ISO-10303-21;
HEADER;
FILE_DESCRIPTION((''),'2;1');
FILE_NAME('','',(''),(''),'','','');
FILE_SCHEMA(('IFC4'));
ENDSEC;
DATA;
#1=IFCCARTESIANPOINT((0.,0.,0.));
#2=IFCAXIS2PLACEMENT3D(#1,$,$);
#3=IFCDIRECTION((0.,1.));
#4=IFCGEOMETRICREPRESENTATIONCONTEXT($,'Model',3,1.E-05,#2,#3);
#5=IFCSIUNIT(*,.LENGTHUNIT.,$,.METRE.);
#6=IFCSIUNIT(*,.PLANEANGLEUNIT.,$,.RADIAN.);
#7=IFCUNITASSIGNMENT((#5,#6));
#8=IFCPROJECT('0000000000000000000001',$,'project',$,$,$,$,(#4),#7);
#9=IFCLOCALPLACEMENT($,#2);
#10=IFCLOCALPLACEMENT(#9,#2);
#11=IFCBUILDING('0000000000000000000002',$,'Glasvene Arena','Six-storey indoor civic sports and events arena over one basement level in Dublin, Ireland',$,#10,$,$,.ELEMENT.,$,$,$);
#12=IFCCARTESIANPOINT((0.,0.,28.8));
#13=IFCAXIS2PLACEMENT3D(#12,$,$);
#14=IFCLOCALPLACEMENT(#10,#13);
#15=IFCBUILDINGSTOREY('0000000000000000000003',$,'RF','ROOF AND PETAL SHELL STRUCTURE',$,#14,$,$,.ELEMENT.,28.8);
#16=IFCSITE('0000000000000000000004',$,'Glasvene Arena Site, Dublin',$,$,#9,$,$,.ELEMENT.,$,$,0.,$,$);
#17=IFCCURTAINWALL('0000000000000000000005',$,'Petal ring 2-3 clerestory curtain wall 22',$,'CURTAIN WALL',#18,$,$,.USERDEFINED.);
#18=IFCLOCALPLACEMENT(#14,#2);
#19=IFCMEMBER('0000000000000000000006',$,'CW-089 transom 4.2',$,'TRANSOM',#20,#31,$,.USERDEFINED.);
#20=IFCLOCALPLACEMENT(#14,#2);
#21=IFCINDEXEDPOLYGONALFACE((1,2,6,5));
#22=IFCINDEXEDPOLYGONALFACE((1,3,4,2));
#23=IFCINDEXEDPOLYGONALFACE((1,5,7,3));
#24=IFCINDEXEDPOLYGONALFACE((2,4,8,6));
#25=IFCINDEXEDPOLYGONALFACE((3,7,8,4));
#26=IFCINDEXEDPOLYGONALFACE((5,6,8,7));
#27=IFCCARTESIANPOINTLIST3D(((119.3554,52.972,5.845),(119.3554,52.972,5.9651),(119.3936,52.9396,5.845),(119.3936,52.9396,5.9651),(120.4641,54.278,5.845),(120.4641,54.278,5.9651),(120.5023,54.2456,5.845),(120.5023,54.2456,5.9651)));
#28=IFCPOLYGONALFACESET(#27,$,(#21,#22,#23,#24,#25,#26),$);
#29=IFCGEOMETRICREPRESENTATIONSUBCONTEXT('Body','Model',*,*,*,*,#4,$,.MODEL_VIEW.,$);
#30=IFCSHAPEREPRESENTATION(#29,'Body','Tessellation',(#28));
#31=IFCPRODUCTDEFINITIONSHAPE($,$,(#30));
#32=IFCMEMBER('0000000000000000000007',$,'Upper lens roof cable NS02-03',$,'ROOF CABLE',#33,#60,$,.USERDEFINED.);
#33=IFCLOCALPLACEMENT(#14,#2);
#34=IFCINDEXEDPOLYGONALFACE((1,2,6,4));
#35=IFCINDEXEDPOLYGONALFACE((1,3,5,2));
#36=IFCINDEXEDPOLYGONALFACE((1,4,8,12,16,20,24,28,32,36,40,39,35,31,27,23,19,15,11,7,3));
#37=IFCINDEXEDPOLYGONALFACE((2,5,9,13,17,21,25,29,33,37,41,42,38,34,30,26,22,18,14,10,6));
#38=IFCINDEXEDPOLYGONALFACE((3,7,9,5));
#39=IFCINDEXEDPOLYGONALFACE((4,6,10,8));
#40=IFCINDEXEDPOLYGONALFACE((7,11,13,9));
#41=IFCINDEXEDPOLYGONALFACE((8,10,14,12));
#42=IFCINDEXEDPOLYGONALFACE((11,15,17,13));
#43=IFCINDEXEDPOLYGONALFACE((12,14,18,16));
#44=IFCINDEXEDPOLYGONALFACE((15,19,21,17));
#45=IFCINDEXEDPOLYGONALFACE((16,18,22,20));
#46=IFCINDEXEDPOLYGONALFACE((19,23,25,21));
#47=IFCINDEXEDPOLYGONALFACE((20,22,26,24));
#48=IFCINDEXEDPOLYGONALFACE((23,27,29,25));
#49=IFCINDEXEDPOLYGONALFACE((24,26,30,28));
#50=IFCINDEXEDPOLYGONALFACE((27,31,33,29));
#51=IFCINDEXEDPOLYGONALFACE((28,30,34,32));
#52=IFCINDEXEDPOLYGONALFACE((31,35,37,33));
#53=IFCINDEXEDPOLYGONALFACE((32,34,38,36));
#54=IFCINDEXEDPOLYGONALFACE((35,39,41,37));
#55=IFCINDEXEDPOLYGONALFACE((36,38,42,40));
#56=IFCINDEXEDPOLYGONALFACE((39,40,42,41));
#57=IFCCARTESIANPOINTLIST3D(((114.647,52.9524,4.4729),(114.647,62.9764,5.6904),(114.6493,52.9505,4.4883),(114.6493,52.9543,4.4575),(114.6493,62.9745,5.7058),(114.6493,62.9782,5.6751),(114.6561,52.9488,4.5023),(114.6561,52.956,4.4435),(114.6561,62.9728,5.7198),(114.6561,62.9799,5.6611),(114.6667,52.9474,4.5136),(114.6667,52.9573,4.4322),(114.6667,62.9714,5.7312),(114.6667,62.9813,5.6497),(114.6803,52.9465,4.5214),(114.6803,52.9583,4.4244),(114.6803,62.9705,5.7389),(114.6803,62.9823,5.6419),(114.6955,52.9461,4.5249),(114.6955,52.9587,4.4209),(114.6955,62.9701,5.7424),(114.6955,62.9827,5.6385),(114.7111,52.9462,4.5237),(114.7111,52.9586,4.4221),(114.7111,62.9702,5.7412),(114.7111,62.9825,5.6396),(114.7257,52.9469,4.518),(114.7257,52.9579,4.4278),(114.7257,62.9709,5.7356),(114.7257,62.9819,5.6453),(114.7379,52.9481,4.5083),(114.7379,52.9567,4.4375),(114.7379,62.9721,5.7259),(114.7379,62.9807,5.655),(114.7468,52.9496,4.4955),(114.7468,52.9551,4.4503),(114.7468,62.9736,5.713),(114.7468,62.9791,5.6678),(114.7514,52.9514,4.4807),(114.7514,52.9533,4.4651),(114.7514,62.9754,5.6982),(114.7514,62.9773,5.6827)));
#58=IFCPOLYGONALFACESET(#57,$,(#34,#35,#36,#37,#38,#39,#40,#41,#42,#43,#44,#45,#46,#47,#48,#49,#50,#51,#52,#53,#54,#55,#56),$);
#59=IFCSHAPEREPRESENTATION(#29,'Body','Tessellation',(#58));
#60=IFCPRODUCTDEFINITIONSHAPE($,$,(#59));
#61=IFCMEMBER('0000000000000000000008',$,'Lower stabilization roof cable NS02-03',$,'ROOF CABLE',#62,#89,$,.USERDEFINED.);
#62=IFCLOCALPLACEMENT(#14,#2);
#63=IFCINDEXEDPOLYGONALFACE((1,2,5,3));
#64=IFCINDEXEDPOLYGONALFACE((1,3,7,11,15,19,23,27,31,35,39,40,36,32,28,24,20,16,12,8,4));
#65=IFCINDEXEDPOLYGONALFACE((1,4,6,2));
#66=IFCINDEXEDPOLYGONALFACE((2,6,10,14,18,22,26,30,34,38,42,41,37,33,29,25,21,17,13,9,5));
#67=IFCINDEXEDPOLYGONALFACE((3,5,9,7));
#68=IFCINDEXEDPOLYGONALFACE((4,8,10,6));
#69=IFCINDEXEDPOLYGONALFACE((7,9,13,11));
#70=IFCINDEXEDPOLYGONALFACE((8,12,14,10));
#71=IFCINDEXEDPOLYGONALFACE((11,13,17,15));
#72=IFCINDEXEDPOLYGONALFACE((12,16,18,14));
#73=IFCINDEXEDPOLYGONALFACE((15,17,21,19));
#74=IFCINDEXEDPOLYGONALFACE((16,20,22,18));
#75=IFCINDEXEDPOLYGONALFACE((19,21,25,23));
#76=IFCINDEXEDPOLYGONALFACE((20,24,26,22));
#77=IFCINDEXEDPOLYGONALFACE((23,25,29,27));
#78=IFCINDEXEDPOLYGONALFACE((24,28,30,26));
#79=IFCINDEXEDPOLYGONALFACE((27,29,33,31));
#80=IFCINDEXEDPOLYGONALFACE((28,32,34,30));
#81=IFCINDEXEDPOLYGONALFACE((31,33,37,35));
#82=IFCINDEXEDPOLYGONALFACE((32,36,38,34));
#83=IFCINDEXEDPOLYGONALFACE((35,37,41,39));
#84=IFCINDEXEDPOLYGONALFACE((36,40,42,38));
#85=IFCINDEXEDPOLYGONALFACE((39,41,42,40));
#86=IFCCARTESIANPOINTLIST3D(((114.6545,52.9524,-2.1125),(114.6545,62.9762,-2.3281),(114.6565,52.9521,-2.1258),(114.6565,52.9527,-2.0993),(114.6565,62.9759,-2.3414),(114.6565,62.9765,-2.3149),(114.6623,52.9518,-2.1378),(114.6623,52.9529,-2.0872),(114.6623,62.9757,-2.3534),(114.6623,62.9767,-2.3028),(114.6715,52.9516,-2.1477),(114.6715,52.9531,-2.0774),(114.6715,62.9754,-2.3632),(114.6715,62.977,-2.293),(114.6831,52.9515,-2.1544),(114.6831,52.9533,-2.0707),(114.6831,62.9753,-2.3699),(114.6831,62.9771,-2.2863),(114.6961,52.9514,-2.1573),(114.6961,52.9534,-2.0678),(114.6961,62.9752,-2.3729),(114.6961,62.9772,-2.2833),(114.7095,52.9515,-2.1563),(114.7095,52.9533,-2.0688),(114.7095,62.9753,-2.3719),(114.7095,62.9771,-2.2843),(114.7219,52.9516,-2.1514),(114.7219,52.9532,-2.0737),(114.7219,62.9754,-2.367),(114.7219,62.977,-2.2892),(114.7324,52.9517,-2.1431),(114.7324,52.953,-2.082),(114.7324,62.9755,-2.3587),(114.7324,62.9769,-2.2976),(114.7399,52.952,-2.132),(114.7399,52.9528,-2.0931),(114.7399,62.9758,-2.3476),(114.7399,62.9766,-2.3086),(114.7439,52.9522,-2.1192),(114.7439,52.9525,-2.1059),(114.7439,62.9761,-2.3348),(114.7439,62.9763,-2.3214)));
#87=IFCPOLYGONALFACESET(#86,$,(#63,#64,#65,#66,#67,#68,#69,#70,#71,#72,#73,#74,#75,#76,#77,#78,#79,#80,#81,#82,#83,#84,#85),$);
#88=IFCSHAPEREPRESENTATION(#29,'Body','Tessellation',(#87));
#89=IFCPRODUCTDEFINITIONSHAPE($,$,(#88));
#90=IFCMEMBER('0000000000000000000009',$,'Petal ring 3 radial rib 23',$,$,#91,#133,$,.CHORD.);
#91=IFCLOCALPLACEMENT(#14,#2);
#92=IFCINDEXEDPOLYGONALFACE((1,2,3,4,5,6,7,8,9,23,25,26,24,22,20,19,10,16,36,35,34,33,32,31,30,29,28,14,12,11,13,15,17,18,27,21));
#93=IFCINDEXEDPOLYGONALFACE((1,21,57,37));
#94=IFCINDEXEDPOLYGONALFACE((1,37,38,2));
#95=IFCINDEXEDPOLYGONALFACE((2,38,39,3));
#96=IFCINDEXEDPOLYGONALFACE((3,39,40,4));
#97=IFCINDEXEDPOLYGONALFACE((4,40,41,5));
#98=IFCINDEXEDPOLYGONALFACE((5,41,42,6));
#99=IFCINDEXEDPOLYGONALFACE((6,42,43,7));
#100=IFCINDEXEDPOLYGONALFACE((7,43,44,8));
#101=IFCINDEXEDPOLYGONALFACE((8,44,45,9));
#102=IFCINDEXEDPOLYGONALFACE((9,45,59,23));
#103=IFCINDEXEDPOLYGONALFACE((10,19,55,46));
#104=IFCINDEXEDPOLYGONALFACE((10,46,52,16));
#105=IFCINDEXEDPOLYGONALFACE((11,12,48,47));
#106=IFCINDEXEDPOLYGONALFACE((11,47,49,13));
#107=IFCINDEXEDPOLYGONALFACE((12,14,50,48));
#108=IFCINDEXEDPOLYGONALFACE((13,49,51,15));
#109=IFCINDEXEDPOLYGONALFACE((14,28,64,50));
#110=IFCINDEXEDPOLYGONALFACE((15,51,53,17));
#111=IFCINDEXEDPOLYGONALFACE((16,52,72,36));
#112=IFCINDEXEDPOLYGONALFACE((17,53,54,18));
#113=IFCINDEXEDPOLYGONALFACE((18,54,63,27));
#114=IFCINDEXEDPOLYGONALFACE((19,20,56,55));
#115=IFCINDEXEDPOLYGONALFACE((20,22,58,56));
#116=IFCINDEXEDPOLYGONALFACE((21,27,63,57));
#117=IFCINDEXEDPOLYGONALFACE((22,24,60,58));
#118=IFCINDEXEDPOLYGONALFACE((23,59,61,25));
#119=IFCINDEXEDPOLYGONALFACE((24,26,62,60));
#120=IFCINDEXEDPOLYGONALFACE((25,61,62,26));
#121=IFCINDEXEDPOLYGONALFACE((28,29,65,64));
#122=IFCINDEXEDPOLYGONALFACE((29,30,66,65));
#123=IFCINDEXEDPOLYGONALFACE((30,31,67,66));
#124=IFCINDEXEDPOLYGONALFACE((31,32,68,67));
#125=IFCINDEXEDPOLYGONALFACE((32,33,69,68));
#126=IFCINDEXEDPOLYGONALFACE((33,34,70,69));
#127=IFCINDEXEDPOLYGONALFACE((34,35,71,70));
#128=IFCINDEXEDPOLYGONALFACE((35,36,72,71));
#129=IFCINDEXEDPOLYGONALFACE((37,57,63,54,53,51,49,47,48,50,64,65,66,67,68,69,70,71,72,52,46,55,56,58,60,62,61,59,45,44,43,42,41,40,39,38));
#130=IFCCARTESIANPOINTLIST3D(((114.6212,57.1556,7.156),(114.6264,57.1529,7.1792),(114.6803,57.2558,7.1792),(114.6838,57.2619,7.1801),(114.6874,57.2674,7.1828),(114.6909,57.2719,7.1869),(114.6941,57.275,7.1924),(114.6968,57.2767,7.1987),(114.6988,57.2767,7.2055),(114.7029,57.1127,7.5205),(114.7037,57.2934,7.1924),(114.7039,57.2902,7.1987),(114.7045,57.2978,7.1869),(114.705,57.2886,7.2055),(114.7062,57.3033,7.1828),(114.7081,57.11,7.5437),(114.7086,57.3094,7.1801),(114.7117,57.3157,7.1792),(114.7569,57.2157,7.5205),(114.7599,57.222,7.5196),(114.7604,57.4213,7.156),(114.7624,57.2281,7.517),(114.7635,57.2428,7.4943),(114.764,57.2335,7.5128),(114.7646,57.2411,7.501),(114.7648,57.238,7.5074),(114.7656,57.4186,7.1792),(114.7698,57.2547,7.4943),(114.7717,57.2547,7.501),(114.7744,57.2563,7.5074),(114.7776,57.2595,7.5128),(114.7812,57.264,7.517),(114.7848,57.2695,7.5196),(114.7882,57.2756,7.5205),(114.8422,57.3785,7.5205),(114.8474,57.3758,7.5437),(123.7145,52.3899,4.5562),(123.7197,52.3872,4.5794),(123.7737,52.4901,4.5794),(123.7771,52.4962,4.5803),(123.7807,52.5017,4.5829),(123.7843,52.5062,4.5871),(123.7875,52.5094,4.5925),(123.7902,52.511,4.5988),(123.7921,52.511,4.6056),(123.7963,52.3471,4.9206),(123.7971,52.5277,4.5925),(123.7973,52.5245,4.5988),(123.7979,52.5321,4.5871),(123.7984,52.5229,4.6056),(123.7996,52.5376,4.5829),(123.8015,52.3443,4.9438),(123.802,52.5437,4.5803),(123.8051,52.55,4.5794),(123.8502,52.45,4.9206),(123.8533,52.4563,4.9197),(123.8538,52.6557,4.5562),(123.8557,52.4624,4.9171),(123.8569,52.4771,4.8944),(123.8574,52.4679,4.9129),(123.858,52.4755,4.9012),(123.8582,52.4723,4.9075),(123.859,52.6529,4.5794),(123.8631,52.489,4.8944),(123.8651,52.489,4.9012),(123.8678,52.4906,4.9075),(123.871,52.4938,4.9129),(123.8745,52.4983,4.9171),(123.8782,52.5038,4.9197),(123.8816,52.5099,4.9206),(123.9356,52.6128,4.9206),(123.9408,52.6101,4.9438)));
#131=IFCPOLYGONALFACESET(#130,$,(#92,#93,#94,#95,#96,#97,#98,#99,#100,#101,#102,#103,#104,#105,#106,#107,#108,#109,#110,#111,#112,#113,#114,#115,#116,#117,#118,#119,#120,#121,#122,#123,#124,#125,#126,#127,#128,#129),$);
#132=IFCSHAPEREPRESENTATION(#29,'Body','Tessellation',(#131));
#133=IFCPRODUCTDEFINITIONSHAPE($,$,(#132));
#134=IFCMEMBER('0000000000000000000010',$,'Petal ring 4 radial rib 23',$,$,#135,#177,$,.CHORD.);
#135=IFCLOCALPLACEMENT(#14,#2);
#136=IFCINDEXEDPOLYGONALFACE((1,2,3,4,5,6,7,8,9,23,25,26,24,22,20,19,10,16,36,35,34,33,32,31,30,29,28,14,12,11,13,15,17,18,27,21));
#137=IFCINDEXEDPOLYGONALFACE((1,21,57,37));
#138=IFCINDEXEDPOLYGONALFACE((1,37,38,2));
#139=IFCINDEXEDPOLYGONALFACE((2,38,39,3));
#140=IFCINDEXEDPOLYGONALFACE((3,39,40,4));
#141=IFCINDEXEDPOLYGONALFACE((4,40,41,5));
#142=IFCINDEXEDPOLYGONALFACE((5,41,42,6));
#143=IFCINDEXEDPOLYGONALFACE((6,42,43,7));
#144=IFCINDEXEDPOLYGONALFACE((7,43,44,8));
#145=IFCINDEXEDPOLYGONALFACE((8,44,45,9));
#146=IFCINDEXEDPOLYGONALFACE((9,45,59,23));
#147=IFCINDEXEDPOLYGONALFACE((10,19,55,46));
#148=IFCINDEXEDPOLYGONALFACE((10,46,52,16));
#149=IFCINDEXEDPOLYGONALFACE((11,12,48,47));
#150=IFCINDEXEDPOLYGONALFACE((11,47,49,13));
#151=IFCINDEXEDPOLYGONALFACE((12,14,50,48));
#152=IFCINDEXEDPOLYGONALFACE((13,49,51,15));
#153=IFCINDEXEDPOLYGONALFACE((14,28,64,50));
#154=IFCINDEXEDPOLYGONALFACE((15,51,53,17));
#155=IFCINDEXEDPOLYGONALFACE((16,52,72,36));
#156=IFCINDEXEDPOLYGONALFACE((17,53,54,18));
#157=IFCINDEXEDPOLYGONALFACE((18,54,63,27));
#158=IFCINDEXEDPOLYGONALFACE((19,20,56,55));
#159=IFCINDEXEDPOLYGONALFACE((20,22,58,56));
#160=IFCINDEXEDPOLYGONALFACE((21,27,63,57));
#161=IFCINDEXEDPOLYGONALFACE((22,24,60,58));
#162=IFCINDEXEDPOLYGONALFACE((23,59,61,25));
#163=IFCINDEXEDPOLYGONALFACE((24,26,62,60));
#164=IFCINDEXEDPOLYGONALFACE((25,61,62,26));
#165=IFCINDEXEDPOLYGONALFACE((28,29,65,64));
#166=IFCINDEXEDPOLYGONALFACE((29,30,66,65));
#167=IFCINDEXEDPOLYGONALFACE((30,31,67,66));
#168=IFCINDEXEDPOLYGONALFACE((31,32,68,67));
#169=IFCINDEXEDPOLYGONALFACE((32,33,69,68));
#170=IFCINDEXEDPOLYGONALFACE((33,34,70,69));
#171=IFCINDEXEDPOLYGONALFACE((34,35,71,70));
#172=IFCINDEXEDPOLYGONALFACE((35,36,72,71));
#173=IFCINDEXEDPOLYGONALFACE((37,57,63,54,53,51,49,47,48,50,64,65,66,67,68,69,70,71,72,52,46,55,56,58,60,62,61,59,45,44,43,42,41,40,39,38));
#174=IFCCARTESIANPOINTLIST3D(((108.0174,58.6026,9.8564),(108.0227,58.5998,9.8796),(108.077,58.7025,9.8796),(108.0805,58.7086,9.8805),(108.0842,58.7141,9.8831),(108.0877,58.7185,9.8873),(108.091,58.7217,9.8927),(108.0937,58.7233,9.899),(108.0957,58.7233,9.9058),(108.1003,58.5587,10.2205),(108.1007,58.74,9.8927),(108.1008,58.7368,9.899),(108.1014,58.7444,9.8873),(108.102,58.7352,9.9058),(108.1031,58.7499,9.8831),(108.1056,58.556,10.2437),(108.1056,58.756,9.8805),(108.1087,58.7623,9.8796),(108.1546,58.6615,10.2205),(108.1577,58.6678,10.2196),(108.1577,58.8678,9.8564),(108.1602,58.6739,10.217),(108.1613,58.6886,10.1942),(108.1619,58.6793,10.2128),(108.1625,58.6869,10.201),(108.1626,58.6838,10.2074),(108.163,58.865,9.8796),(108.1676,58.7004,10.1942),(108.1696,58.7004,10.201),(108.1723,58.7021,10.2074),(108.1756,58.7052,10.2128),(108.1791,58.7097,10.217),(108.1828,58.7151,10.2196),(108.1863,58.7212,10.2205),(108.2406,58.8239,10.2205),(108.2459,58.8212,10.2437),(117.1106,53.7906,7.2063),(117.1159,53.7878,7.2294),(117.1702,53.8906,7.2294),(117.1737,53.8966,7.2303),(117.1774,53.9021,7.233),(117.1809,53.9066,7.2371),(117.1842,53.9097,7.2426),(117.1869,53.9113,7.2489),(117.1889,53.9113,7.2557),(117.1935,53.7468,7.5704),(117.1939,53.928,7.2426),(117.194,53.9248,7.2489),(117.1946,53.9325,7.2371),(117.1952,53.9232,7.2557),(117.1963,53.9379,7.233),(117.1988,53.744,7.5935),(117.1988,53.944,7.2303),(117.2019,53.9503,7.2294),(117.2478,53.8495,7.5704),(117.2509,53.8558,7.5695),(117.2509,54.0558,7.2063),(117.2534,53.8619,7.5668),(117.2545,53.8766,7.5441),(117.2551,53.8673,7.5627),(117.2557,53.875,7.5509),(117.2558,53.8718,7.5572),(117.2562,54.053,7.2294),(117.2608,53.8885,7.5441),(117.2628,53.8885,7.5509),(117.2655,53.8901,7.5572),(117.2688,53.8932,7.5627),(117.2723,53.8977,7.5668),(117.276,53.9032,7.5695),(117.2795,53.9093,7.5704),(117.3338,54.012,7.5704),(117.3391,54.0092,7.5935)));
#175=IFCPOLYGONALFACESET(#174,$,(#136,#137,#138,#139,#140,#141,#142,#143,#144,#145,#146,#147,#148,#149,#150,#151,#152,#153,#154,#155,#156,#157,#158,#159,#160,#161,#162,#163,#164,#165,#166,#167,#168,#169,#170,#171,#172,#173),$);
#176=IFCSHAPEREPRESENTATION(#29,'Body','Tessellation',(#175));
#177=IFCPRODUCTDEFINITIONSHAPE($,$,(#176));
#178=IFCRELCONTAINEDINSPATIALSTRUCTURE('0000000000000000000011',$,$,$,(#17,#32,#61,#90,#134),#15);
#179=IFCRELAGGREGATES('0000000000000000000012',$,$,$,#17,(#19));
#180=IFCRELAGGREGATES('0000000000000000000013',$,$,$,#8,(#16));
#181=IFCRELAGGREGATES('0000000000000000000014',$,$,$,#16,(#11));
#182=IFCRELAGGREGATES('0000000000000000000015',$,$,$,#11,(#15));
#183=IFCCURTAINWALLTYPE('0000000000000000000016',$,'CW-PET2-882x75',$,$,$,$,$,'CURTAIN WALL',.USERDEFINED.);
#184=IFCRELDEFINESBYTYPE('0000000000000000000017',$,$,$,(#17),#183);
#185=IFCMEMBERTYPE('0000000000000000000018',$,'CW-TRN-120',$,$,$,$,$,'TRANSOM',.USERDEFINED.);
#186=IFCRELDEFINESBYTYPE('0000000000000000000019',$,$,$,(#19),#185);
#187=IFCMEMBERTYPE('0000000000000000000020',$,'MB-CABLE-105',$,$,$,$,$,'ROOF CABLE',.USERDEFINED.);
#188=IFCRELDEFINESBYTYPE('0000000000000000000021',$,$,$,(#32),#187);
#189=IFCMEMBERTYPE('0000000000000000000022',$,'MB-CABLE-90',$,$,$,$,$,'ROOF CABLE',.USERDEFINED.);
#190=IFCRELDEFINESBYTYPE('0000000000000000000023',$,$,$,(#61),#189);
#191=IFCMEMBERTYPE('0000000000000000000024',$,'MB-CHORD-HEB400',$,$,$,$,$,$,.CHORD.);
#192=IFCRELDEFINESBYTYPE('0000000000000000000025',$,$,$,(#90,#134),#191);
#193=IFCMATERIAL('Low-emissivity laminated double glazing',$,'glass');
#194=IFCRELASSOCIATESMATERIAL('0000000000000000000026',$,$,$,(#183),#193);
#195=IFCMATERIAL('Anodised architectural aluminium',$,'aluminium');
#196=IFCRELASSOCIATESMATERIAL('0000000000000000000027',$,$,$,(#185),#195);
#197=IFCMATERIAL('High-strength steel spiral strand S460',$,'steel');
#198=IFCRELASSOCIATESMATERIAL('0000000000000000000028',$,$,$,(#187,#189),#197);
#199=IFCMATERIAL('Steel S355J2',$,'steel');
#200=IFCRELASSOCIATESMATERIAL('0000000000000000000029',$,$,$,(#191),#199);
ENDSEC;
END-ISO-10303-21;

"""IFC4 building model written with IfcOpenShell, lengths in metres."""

from ifc_helpers import new_model, si_unit, direction, frame, origin, origin_2d, place, context, subcontext, project, spatial, rectangle, circle, i_section, extrude, material, material_profile, profile_set, type_object, element, aggregate, save


model = new_model("IFC4")

# Units and contexts
model_context = context("Model", 3, precision=1e-05, world=origin(), true_north=direction((0.0, 1.0)))
body_context = subcontext(model_context, "Body", "Model", "MODEL_VIEW")
ifc_project = project(units=[si_unit("LENGTHUNIT", "METRE"), si_unit("PLANEANGLEUNIT", "RADIAN")], contexts=[model_context])

# Site, building, storey
site_placement = place(None, origin())
site = spatial("IfcSite", under=ifc_project, at=site_placement, Name="Glasvene Arena Site, Dublin", CompositionType="ELEMENT", RefElevation=0.0)
building_placement = place(site_placement, origin())
building = spatial("IfcBuilding", under=site, at=building_placement, Name="Glasvene Arena", Description="Six-storey indoor civic sports and events arena over one basement level in Dublin, Ireland", CompositionType="ELEMENT")
storey_placement = place(building_placement, frame((0.0, 0.0, 28.8)))
storey = spatial("IfcBuildingStorey", under=building, at=storey_placement, Name="RF", Description="ROOF AND PETAL SHELL STRUCTURE", CompositionType="ELEMENT", Elevation=28.8)

# Shared definitions
ifc_material_1 = material(Name="Low-emissivity laminated double glazing", Category="glass")
ifc_material_2 = material(Name="Anodised architectural aluminium", Category="aluminium")

# Curtain wall
curtain_wall_type_1 = type_object("IfcCurtainWallType", Name="CW-PET2-882x75", ElementType="CURTAIN WALL", PredefinedType="USERDEFINED", material=ifc_material_1)
curtain_wall_1_placement = place(storey_placement, frame((115.9351, 48.9043, 0.0)))
curtain_wall_1 = element("IfcCurtainWall", 1, at=curtain_wall_1_placement, inside=storey, type_object=curtain_wall_type_1, Name="Petal ring 2-3 clerestory curtain wall 22", ObjectType="CURTAIN WALL", PredefinedType="USERDEFINED")

# Member
ifc_material_profile_1 = material_profile(ifc_material_2, rectangle(XDim=0.05, YDim=0.1201, at=origin_2d()), Name="ALU TRANSOM 50x120")
ifc_profile_set_1 = profile_set([ifc_material_profile_1], Name="Anodised architectural aluminium")
member_type_1 = type_object("IfcMemberType", Name="CW-TRN-120", ElementType="TRANSOM", PredefinedType="USERDEFINED", material=ifc_profile_set_1)
member_1_placement = place(storey_placement, frame((119.3745, 52.9558, 5.905), z_axis=(0.647181, 0.762337, 0.0), x_axis=(-0.762337, 0.647181, 0.0)))
member_1 = element("IfcMember", 2, at=member_1_placement, type_object=member_type_1, Name="CW-089 transom 4.2", ObjectType="TRANSOM", PredefinedType="USERDEFINED", context=body_context, shape_type="SweptSolid", body=[
    extrude(rectangle(XDim=0.05, YDim=0.1201, at=origin_2d()), origin(), (0.0, 0.0, 1.0), 1.7131),
])

# Members
ifc_material_3 = material(Name="High-strength steel spiral strand S460", Category="steel")
ifc_material_profile_2 = material_profile(ifc_material_3, circle(Radius=0.0525, at=origin_2d()), Name="LCSS D105")
ifc_profile_set_2 = profile_set([ifc_material_profile_2], Name="High-strength steel spiral strand S460")
member_type_2 = type_object("IfcMemberType", Name="MB-CABLE-105", ElementType="ROOF CABLE", PredefinedType="USERDEFINED", material=ifc_profile_set_2)
member_2_placement = place(storey_placement, frame((114.6995, 52.9524, 4.4729), z_axis=(0.0, 0.992704, 0.120576), x_axis=(-1.0, 0.0, 0.0)))
element("IfcMember", 3, at=member_2_placement, inside=storey, type_object=member_type_2, Name="Upper lens roof cable NS02-03", ObjectType="ROOF CABLE", PredefinedType="USERDEFINED", context=body_context, shape_type="SweptSolid", body=[
    extrude(circle(Radius=0.0525, at=origin_2d()), origin(), (0.0, 0.0, 1.0), 10.0977),
])
ifc_material_profile_3 = material_profile(ifc_material_3, circle(Radius=0.0449, at=origin_2d()), Name="LCSS D90")
ifc_profile_set_3 = profile_set([ifc_material_profile_3], Name="High-strength steel spiral strand S460")
member_type_3 = type_object("IfcMemberType", Name="MB-CABLE-90", ElementType="ROOF CABLE", PredefinedType="USERDEFINED", material=ifc_profile_set_3)
member_3_placement = place(storey_placement, frame((114.6995, 52.9524, -2.1125), z_axis=(0.0, 0.999769, -0.021501), x_axis=(-1.0, 0.0, 0.0)))
element("IfcMember", 4, at=member_3_placement, inside=storey, type_object=member_type_3, Name="Lower stabilization roof cable NS02-03", ObjectType="ROOF CABLE", PredefinedType="USERDEFINED", context=body_context, shape_type="SweptSolid", body=[
    extrude(circle(Radius=0.0449, at=origin_2d()), origin(), (0.0, 0.0, 1.0), 10.0261),
])
ifc_material_4 = material(Name="Steel S355J2", Category="steel")
ifc_material_profile_4 = material_profile(ifc_material_4, i_section(OverallWidth=0.3, OverallDepth=0.3999, WebThickness=0.0134, FlangeThickness=0.0239, FilletRadius=0.0271, at=origin_2d()), Name="HEB 400")
ifc_profile_set_4 = profile_set([ifc_material_profile_4], Name="Steel S355J2")
member_type_4 = type_object("IfcMemberType", Name="MB-CHORD-HEB400", PredefinedType="CHORD", material=ifc_profile_set_4)
member_4_placement = place(storey_placement, frame((123.8276, 52.5, 4.75), z_axis=(-0.858628, 0.449992, 0.24549), x_axis=(-0.464197, -0.885732, 0.0)))
element("IfcMember", 5, at=member_4_placement, inside=storey, type_object=member_type_4, Name="Petal ring 3 radial rib 23", PredefinedType="CHORD", context=body_context, shape_type="SweptSolid", body=[
    extrude(i_section(OverallWidth=0.3, OverallDepth=0.3999, WebThickness=0.0134, FlangeThickness=0.0239, FilletRadius=0.0271, at=origin_2d()), origin(), (0.0, 0.0, 1.0), 10.5906),
])
member_5_placement = place(storey_placement, frame((117.2249, 53.8999, 7.3999), z_axis=(-0.855929, 0.452944, 0.249453), x_axis=(-0.467731, -0.883871, 0.0)))
element("IfcMember", 6, at=member_5_placement, inside=storey, type_object=member_type_4, Name="Petal ring 4 radial rib 23", PredefinedType="CHORD", context=body_context, shape_type="SweptSolid", body=[
    extrude(i_section(OverallWidth=0.3, OverallDepth=0.3999, WebThickness=0.0134, FlangeThickness=0.0239, FilletRadius=0.0271, at=origin_2d()), origin(), (0.0, 0.0, 1.0), 10.6238),
])

aggregate(curtain_wall_1, [member_1])

save(model, "model.ifc")
